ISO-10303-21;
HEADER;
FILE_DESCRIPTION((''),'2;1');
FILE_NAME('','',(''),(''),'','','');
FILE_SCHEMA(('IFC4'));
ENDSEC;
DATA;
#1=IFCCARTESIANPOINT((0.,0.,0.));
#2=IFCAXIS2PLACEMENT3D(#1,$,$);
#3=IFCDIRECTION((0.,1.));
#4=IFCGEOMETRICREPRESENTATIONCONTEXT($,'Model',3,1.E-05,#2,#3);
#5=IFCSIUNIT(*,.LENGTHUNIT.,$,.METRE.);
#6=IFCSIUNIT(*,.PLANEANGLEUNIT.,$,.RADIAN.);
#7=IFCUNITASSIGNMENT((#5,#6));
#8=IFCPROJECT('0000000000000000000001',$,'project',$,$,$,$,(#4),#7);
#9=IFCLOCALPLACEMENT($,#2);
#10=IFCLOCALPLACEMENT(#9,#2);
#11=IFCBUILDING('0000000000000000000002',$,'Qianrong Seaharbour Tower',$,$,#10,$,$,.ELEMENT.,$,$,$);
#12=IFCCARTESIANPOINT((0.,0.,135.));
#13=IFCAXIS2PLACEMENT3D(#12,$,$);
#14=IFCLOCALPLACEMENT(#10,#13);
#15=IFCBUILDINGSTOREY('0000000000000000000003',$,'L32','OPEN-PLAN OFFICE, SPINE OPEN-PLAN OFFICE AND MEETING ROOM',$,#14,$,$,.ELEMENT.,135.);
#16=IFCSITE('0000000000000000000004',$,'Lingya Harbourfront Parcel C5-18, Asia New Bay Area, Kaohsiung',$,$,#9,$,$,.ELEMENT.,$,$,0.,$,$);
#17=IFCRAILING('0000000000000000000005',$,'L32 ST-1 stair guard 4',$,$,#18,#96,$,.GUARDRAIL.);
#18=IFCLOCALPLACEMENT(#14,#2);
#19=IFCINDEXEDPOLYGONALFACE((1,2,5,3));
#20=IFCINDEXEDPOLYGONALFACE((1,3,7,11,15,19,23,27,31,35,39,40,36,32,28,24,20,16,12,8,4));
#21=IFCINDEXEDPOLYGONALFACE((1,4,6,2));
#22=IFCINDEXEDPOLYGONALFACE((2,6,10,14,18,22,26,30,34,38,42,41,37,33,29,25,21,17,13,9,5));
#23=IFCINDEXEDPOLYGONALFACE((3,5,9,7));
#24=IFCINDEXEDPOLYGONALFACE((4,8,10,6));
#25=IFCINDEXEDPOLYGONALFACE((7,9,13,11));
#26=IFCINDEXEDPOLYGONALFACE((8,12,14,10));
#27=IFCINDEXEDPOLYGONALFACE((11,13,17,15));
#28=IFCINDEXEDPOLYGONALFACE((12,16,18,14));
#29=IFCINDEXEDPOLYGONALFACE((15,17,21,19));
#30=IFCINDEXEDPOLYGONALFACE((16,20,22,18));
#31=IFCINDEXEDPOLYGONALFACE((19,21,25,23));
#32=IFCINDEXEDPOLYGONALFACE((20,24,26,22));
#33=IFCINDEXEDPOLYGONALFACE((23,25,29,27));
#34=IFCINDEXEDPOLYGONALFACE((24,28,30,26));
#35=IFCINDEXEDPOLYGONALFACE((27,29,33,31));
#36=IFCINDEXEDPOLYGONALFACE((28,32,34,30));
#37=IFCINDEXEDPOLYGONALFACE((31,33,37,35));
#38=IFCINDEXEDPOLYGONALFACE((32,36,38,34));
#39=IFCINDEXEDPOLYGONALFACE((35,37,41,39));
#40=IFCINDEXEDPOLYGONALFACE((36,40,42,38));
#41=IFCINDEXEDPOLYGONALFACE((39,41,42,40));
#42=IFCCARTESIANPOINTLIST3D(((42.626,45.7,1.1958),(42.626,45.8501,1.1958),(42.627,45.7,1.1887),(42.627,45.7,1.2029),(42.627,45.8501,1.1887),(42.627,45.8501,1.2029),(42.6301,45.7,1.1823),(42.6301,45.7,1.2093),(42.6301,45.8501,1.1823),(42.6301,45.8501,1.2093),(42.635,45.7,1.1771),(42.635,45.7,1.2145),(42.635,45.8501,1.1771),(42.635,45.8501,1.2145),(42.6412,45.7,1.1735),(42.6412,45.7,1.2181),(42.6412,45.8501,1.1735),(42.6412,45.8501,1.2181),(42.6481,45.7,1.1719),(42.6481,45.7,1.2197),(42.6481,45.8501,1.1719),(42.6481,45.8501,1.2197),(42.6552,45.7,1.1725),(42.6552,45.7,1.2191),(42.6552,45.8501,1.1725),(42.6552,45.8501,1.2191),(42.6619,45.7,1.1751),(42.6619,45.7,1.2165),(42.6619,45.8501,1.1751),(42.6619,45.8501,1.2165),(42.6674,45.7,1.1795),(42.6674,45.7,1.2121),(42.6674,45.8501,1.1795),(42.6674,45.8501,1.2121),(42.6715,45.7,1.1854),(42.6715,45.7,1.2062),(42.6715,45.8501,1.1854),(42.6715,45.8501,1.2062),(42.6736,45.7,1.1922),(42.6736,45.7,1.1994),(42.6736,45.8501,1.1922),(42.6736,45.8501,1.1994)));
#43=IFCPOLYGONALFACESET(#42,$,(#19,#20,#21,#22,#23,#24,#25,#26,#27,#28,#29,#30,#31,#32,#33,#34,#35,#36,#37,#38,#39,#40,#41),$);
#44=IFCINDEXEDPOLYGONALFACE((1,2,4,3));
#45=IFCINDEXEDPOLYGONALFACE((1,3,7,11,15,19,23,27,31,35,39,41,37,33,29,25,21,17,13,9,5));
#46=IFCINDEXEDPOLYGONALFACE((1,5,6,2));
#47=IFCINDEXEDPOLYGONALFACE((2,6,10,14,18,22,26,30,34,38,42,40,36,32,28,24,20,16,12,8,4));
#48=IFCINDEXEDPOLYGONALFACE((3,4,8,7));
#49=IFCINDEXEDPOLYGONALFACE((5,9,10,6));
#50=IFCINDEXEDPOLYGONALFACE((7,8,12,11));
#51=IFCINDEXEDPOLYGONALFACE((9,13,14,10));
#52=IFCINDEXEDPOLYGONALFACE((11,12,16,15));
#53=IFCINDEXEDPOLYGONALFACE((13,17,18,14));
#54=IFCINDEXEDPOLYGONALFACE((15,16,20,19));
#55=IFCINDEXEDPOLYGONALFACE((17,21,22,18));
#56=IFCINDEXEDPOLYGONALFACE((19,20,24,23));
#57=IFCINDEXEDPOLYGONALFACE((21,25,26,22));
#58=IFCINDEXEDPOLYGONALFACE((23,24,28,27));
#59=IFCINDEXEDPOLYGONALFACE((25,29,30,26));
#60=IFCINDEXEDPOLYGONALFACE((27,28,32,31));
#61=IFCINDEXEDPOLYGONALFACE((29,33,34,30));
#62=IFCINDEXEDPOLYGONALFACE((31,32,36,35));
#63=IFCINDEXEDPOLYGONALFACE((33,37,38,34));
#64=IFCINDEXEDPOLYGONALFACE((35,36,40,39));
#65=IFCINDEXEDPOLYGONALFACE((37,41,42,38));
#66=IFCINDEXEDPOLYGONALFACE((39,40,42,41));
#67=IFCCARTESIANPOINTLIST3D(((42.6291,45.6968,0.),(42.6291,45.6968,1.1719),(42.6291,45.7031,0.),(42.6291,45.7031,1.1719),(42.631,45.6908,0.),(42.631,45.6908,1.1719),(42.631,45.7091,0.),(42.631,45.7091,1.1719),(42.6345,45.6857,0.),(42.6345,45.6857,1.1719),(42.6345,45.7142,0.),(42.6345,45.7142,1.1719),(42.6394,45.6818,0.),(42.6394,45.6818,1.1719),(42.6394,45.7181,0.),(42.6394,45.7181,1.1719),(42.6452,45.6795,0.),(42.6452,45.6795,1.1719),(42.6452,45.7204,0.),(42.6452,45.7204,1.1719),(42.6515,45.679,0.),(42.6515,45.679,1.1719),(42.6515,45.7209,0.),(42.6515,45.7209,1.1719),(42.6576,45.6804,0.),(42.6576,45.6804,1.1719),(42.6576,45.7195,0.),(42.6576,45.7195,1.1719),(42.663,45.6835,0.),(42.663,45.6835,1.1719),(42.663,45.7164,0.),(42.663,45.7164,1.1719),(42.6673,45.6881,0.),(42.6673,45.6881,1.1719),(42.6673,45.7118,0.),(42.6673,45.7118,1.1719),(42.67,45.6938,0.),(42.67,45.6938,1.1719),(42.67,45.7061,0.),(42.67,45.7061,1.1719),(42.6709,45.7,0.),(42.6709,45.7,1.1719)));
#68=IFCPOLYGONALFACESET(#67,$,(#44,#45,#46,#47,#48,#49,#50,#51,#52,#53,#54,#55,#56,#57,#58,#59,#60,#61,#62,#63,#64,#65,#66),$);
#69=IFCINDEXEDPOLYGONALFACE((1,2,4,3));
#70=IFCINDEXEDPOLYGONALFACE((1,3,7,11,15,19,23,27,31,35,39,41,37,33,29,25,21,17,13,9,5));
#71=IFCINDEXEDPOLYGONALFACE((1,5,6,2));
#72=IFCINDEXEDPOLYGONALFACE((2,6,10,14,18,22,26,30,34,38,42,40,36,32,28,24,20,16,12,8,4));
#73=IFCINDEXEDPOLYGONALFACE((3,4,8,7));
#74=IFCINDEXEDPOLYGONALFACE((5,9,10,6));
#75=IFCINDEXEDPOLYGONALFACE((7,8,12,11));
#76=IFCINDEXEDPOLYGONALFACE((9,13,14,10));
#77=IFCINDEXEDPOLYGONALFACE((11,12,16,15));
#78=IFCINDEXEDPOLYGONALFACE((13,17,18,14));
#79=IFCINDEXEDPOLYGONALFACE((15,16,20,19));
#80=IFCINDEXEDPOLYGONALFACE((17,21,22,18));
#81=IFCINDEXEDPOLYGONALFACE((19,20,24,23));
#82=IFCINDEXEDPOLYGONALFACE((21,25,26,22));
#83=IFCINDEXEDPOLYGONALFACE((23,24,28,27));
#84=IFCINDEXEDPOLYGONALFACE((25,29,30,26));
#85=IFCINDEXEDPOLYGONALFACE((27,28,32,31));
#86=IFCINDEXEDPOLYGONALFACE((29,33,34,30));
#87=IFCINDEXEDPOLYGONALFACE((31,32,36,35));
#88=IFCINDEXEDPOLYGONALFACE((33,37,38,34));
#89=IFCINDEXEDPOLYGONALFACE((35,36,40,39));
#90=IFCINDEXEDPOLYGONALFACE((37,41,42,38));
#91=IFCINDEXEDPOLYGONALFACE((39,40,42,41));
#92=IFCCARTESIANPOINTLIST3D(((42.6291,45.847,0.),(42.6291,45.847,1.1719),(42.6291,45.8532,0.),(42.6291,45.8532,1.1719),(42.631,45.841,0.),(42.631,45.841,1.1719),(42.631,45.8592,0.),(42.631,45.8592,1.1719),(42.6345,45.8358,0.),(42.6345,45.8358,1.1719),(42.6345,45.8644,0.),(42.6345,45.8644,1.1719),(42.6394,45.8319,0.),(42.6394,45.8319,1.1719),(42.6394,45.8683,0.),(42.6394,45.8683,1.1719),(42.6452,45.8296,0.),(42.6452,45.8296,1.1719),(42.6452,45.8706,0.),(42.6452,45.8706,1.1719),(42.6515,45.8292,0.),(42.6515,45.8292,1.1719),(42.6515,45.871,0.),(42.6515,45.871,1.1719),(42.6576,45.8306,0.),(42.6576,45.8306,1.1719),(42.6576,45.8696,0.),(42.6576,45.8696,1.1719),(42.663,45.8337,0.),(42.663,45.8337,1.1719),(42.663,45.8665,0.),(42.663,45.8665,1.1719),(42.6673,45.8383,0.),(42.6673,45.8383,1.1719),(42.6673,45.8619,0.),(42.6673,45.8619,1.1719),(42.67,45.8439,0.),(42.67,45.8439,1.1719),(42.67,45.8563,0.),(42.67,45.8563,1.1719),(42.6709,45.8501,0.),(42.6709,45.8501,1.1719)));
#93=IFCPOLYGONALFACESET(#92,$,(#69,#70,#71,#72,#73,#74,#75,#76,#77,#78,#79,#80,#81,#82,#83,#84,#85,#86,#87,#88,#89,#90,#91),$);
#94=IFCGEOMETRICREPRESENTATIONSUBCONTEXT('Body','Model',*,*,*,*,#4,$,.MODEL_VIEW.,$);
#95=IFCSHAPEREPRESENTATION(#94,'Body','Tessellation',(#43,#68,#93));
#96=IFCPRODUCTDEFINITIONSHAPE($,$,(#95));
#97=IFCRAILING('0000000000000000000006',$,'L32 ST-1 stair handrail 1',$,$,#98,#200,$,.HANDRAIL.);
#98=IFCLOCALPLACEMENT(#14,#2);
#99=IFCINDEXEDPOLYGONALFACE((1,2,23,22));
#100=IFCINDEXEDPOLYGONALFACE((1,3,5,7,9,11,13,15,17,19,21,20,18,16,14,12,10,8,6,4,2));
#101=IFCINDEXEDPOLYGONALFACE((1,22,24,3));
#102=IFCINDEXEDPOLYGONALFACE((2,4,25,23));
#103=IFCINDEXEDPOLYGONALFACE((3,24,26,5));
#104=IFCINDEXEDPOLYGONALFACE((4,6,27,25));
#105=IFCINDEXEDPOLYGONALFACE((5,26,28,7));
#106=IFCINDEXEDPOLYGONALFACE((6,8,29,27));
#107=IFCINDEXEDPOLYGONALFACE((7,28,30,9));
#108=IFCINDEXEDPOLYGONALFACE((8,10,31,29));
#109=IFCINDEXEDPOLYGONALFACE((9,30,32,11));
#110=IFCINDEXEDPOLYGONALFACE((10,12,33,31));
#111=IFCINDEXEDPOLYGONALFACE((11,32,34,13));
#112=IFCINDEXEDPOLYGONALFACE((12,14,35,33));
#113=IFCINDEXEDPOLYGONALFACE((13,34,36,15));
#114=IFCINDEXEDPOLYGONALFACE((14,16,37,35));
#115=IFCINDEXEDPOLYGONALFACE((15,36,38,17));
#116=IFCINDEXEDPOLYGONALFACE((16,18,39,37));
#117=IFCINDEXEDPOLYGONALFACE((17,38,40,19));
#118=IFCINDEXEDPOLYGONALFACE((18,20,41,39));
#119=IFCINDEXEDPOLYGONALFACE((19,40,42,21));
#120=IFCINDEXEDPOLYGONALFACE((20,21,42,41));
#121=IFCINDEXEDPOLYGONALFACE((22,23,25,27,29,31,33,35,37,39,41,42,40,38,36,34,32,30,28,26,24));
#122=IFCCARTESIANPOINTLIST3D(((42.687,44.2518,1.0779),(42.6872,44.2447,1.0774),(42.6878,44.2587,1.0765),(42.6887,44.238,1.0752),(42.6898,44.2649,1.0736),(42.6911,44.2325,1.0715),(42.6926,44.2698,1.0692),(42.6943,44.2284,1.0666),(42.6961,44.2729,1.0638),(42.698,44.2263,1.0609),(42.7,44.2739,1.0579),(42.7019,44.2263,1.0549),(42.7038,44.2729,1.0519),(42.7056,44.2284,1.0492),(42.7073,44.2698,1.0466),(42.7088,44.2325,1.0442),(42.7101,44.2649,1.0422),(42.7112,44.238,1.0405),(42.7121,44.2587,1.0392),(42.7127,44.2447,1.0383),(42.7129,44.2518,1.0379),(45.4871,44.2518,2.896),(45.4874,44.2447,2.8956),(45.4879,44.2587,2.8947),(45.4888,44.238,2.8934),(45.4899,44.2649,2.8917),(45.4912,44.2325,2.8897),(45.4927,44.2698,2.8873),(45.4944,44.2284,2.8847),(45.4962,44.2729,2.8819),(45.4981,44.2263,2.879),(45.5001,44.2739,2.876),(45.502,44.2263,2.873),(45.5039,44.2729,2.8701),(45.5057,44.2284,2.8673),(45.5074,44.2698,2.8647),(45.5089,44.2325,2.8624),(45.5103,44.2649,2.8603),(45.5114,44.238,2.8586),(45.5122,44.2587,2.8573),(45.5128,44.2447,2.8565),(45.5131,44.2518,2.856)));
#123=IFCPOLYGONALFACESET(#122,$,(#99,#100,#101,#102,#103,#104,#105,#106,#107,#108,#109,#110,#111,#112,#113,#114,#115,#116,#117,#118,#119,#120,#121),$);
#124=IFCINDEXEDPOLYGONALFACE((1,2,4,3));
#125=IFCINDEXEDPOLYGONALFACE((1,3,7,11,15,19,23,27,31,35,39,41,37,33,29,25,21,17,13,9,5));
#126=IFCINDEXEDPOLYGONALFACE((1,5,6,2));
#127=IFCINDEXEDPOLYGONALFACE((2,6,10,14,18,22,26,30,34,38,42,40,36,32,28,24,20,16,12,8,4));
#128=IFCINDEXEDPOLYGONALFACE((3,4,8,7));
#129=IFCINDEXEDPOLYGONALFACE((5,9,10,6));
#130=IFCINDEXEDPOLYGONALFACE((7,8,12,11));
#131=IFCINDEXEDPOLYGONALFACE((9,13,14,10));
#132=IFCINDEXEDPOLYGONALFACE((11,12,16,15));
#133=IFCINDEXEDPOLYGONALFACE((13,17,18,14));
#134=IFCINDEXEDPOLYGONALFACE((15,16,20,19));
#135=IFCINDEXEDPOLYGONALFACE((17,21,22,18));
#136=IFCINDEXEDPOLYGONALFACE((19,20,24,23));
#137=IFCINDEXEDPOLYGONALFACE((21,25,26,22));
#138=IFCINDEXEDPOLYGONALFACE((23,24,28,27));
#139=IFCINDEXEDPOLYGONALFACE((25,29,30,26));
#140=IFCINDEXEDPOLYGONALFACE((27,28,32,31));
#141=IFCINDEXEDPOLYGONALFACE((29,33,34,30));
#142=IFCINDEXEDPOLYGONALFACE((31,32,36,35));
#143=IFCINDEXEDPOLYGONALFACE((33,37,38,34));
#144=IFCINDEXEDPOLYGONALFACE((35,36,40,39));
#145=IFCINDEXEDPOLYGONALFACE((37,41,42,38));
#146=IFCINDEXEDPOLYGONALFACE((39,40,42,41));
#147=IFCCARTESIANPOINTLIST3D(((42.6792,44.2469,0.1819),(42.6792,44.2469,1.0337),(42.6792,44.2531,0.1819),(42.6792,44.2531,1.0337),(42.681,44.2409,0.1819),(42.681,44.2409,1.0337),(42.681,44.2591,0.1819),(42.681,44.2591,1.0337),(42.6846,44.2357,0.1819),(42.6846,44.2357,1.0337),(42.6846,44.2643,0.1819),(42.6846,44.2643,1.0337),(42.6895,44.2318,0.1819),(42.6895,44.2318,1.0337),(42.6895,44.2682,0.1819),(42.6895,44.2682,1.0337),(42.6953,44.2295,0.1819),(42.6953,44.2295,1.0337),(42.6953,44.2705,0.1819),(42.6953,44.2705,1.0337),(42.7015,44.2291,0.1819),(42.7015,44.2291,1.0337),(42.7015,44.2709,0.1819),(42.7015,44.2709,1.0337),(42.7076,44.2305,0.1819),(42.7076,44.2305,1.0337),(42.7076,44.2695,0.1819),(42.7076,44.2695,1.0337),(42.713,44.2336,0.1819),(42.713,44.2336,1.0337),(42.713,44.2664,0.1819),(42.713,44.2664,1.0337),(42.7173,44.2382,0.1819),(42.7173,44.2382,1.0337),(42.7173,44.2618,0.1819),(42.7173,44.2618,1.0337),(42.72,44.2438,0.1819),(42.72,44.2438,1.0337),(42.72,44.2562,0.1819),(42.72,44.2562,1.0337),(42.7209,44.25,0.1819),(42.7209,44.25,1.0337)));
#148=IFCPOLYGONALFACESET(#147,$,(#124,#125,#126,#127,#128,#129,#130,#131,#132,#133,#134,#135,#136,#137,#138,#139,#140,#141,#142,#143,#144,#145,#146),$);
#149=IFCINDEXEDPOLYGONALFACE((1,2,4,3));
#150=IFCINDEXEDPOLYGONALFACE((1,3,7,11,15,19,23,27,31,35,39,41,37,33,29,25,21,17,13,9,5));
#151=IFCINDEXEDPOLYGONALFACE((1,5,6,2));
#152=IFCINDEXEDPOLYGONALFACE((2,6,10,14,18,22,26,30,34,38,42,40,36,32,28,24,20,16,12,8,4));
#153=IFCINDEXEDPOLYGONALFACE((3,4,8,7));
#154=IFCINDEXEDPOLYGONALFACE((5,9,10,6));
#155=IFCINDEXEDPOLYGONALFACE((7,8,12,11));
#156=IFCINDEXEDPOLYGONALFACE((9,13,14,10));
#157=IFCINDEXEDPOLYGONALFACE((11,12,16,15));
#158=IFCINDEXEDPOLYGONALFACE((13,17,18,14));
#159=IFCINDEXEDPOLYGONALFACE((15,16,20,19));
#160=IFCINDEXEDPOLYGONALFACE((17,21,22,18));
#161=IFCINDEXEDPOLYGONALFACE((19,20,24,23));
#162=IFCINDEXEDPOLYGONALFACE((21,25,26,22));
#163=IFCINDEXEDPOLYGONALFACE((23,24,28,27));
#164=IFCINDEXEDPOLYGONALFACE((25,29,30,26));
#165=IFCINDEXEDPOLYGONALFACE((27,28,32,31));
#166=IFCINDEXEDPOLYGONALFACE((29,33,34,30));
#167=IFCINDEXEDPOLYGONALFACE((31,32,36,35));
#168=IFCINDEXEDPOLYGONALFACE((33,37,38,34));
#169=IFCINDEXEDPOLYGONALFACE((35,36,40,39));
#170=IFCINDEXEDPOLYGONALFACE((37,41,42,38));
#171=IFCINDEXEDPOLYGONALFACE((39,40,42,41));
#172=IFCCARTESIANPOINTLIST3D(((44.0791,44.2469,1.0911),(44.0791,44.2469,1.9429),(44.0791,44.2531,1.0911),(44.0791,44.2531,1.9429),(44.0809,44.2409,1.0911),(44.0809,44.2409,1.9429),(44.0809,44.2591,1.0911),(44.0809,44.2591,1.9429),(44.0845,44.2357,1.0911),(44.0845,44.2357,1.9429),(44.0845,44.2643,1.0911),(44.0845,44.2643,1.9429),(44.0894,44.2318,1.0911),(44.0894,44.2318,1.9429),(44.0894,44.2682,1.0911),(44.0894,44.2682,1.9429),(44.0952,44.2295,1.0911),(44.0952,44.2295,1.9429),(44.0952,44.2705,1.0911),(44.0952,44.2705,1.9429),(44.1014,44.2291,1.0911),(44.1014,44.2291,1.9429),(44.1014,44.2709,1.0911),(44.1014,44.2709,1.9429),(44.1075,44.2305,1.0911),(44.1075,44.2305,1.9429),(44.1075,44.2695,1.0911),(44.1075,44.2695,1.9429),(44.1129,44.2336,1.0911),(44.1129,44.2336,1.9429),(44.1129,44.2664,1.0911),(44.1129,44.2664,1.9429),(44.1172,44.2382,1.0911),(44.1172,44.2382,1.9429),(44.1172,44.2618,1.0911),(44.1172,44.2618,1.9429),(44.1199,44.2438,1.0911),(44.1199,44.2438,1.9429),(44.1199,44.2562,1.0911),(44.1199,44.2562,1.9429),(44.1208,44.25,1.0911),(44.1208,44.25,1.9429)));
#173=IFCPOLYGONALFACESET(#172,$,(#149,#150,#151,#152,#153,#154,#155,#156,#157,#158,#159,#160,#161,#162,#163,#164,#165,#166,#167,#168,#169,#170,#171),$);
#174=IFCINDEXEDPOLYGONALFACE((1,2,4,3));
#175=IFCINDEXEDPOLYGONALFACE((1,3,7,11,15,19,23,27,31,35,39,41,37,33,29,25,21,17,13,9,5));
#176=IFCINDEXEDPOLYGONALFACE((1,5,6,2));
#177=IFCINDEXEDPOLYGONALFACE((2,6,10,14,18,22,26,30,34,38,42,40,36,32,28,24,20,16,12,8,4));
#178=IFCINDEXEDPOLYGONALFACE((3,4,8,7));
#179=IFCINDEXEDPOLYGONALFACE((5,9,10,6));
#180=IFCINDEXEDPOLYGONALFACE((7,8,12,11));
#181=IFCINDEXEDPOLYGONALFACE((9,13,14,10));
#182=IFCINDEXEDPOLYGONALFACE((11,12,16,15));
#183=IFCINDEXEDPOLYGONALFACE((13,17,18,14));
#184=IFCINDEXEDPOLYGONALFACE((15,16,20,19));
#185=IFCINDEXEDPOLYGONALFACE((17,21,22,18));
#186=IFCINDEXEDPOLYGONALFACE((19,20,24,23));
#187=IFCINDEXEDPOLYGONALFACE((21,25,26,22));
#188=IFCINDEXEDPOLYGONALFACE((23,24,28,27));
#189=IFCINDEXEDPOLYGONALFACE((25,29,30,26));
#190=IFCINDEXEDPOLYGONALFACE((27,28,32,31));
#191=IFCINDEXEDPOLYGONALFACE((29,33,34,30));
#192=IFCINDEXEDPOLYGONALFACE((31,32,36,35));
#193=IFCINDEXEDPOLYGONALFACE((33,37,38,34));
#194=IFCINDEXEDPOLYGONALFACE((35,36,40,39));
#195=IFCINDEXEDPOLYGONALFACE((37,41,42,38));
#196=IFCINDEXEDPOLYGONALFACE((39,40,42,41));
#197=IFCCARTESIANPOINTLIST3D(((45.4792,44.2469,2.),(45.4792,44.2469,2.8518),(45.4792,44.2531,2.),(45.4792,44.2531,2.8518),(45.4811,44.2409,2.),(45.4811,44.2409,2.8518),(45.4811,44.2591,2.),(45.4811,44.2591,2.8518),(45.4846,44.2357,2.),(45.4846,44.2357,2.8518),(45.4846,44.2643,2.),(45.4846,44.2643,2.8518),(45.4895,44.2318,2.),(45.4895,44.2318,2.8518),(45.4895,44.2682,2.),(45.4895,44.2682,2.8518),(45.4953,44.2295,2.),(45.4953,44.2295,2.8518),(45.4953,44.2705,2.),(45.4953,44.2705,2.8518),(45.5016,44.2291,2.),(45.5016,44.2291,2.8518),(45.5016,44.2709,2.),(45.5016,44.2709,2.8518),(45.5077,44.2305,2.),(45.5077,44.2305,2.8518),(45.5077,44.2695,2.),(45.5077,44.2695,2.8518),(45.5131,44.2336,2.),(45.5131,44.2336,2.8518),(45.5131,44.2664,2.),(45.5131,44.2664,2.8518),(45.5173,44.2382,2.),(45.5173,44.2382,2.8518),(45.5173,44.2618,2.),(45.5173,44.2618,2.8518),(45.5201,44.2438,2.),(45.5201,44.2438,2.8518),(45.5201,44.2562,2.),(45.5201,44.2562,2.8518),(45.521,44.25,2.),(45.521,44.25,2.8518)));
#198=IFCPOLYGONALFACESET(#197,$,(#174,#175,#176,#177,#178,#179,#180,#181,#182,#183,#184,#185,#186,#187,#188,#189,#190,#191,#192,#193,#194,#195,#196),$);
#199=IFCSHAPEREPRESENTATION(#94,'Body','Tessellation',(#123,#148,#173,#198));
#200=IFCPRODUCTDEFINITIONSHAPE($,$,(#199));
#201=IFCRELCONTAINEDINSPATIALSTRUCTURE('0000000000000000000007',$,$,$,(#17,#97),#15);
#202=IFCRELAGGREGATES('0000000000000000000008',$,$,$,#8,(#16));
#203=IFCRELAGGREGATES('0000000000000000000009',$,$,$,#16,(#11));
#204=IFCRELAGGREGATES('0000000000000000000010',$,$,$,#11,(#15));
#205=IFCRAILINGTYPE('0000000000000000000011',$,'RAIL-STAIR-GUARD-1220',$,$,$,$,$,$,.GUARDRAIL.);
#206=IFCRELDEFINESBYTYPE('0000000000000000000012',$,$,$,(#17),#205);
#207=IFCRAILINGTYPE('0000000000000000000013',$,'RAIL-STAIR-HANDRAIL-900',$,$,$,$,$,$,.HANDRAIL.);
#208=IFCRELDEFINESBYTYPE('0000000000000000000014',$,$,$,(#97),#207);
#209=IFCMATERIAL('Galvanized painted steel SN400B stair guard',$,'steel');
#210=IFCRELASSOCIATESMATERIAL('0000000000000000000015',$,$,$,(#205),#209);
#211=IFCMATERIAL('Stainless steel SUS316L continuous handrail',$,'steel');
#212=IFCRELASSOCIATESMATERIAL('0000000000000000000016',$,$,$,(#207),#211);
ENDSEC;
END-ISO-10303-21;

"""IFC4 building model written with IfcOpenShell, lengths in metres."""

from ifc_helpers import new_model, si_unit, direction, frame, origin, origin_2d, place, context, subcontext, project, spatial, circle, extrude, material, type_object, element, save


model = new_model("IFC4")

# Units and contexts
model_context = context("Model", 3, precision=1e-05, world=origin(), true_north=direction((0.0, 1.0)))
body_context = subcontext(model_context, "Body", "Model", "MODEL_VIEW")
ifc_project = project(units=[si_unit("LENGTHUNIT", "METRE"), si_unit("PLANEANGLEUNIT", "RADIAN")], contexts=[model_context])

# Site, building, storey
site_placement = place(None, origin())
site = spatial("IfcSite", under=ifc_project, at=site_placement, Name="Lingya Harbourfront Parcel C5-18, Asia New Bay Area, Kaohsiung", CompositionType="ELEMENT", RefElevation=0.0)
building_placement = place(site_placement, origin())
building = spatial("IfcBuilding", under=site, at=building_placement, Name="Qianrong Seaharbour Tower", CompositionType="ELEMENT")
storey_placement = place(building_placement, frame((0.0, 0.0, 135.0)))
storey = spatial("IfcBuildingStorey", under=building, at=storey_placement, Name="L32", Description="OPEN-PLAN OFFICE, SPINE OPEN-PLAN OFFICE AND MEETING ROOM", CompositionType="ELEMENT", Elevation=135.0)

# Railings
ifc_material_1 = material(Name="Galvanized painted steel SN400B stair guard", Category="steel")
railing_type_1 = type_object("IfcRailingType", Name="RAIL-STAIR-GUARD-1220", PredefinedType="GUARDRAIL", material=ifc_material_1)
railing_1_placement = place(storey_placement, frame((42.6499, 45.7, 0.0)))
element("IfcRailing", 1, at=railing_1_placement, inside=storey, type_object=railing_type_1, Name="L32 ST-1 stair guard 4", PredefinedType="GUARDRAIL", context=body_context, shape_type="SweptSolid", body=[
    extrude(circle(Radius=0.0239, at=origin_2d()), frame((0.0, 0.0, 1.1958), z_axis=(0.0, 1.0, 0.0), x_axis=(-1.0, 0.0, 0.0)), (0.0, 0.0, 1.0), 0.1501),
    extrude(circle(Radius=0.021, at=origin_2d()), origin(), (0.0, 0.0, 1.0), 1.1719),
    extrude(circle(Radius=0.021, at=origin_2d()), frame((0.0, 0.1501, 0.0)), (0.0, 0.0, 1.0), 1.1719),
])
ifc_material_2 = material(Name="Stainless steel SUS316L continuous handrail", Category="steel")
railing_type_2 = type_object("IfcRailingType", Name="RAIL-STAIR-HANDRAIL-900", PredefinedType="HANDRAIL", material=ifc_material_2)
railing_2_placement = place(storey_placement, frame((42.7, 44.25, 0.1819)))
element("IfcRailing", 2, at=railing_2_placement, inside=storey, type_object=railing_type_2, Name="L32 ST-1 stair handrail 1", PredefinedType="HANDRAIL", context=body_context, shape_type="SweptSolid", body=[
    extrude(circle(Radius=0.0239, at=origin_2d()), frame((0.0, 0.0, 0.876), z_axis=(0.838706, 0.0, 0.544585), x_axis=(0.0, 1.0, 0.0)), (0.0, 0.0, 1.0), 3.3386),
    extrude(circle(Radius=0.021, at=origin_2d()), origin(), (0.0, 0.0, 1.0), 0.8518),
    extrude(circle(Radius=0.021, at=origin_2d()), frame((1.3999, 0.0, 0.9092)), (0.0, 0.0, 1.0), 0.8518),
    extrude(circle(Radius=0.021, at=origin_2d()), frame((2.8, 0.0, 1.8181)), (0.0, 0.0, 1.0), 0.8518),
])

save(model, "model.ifc")
